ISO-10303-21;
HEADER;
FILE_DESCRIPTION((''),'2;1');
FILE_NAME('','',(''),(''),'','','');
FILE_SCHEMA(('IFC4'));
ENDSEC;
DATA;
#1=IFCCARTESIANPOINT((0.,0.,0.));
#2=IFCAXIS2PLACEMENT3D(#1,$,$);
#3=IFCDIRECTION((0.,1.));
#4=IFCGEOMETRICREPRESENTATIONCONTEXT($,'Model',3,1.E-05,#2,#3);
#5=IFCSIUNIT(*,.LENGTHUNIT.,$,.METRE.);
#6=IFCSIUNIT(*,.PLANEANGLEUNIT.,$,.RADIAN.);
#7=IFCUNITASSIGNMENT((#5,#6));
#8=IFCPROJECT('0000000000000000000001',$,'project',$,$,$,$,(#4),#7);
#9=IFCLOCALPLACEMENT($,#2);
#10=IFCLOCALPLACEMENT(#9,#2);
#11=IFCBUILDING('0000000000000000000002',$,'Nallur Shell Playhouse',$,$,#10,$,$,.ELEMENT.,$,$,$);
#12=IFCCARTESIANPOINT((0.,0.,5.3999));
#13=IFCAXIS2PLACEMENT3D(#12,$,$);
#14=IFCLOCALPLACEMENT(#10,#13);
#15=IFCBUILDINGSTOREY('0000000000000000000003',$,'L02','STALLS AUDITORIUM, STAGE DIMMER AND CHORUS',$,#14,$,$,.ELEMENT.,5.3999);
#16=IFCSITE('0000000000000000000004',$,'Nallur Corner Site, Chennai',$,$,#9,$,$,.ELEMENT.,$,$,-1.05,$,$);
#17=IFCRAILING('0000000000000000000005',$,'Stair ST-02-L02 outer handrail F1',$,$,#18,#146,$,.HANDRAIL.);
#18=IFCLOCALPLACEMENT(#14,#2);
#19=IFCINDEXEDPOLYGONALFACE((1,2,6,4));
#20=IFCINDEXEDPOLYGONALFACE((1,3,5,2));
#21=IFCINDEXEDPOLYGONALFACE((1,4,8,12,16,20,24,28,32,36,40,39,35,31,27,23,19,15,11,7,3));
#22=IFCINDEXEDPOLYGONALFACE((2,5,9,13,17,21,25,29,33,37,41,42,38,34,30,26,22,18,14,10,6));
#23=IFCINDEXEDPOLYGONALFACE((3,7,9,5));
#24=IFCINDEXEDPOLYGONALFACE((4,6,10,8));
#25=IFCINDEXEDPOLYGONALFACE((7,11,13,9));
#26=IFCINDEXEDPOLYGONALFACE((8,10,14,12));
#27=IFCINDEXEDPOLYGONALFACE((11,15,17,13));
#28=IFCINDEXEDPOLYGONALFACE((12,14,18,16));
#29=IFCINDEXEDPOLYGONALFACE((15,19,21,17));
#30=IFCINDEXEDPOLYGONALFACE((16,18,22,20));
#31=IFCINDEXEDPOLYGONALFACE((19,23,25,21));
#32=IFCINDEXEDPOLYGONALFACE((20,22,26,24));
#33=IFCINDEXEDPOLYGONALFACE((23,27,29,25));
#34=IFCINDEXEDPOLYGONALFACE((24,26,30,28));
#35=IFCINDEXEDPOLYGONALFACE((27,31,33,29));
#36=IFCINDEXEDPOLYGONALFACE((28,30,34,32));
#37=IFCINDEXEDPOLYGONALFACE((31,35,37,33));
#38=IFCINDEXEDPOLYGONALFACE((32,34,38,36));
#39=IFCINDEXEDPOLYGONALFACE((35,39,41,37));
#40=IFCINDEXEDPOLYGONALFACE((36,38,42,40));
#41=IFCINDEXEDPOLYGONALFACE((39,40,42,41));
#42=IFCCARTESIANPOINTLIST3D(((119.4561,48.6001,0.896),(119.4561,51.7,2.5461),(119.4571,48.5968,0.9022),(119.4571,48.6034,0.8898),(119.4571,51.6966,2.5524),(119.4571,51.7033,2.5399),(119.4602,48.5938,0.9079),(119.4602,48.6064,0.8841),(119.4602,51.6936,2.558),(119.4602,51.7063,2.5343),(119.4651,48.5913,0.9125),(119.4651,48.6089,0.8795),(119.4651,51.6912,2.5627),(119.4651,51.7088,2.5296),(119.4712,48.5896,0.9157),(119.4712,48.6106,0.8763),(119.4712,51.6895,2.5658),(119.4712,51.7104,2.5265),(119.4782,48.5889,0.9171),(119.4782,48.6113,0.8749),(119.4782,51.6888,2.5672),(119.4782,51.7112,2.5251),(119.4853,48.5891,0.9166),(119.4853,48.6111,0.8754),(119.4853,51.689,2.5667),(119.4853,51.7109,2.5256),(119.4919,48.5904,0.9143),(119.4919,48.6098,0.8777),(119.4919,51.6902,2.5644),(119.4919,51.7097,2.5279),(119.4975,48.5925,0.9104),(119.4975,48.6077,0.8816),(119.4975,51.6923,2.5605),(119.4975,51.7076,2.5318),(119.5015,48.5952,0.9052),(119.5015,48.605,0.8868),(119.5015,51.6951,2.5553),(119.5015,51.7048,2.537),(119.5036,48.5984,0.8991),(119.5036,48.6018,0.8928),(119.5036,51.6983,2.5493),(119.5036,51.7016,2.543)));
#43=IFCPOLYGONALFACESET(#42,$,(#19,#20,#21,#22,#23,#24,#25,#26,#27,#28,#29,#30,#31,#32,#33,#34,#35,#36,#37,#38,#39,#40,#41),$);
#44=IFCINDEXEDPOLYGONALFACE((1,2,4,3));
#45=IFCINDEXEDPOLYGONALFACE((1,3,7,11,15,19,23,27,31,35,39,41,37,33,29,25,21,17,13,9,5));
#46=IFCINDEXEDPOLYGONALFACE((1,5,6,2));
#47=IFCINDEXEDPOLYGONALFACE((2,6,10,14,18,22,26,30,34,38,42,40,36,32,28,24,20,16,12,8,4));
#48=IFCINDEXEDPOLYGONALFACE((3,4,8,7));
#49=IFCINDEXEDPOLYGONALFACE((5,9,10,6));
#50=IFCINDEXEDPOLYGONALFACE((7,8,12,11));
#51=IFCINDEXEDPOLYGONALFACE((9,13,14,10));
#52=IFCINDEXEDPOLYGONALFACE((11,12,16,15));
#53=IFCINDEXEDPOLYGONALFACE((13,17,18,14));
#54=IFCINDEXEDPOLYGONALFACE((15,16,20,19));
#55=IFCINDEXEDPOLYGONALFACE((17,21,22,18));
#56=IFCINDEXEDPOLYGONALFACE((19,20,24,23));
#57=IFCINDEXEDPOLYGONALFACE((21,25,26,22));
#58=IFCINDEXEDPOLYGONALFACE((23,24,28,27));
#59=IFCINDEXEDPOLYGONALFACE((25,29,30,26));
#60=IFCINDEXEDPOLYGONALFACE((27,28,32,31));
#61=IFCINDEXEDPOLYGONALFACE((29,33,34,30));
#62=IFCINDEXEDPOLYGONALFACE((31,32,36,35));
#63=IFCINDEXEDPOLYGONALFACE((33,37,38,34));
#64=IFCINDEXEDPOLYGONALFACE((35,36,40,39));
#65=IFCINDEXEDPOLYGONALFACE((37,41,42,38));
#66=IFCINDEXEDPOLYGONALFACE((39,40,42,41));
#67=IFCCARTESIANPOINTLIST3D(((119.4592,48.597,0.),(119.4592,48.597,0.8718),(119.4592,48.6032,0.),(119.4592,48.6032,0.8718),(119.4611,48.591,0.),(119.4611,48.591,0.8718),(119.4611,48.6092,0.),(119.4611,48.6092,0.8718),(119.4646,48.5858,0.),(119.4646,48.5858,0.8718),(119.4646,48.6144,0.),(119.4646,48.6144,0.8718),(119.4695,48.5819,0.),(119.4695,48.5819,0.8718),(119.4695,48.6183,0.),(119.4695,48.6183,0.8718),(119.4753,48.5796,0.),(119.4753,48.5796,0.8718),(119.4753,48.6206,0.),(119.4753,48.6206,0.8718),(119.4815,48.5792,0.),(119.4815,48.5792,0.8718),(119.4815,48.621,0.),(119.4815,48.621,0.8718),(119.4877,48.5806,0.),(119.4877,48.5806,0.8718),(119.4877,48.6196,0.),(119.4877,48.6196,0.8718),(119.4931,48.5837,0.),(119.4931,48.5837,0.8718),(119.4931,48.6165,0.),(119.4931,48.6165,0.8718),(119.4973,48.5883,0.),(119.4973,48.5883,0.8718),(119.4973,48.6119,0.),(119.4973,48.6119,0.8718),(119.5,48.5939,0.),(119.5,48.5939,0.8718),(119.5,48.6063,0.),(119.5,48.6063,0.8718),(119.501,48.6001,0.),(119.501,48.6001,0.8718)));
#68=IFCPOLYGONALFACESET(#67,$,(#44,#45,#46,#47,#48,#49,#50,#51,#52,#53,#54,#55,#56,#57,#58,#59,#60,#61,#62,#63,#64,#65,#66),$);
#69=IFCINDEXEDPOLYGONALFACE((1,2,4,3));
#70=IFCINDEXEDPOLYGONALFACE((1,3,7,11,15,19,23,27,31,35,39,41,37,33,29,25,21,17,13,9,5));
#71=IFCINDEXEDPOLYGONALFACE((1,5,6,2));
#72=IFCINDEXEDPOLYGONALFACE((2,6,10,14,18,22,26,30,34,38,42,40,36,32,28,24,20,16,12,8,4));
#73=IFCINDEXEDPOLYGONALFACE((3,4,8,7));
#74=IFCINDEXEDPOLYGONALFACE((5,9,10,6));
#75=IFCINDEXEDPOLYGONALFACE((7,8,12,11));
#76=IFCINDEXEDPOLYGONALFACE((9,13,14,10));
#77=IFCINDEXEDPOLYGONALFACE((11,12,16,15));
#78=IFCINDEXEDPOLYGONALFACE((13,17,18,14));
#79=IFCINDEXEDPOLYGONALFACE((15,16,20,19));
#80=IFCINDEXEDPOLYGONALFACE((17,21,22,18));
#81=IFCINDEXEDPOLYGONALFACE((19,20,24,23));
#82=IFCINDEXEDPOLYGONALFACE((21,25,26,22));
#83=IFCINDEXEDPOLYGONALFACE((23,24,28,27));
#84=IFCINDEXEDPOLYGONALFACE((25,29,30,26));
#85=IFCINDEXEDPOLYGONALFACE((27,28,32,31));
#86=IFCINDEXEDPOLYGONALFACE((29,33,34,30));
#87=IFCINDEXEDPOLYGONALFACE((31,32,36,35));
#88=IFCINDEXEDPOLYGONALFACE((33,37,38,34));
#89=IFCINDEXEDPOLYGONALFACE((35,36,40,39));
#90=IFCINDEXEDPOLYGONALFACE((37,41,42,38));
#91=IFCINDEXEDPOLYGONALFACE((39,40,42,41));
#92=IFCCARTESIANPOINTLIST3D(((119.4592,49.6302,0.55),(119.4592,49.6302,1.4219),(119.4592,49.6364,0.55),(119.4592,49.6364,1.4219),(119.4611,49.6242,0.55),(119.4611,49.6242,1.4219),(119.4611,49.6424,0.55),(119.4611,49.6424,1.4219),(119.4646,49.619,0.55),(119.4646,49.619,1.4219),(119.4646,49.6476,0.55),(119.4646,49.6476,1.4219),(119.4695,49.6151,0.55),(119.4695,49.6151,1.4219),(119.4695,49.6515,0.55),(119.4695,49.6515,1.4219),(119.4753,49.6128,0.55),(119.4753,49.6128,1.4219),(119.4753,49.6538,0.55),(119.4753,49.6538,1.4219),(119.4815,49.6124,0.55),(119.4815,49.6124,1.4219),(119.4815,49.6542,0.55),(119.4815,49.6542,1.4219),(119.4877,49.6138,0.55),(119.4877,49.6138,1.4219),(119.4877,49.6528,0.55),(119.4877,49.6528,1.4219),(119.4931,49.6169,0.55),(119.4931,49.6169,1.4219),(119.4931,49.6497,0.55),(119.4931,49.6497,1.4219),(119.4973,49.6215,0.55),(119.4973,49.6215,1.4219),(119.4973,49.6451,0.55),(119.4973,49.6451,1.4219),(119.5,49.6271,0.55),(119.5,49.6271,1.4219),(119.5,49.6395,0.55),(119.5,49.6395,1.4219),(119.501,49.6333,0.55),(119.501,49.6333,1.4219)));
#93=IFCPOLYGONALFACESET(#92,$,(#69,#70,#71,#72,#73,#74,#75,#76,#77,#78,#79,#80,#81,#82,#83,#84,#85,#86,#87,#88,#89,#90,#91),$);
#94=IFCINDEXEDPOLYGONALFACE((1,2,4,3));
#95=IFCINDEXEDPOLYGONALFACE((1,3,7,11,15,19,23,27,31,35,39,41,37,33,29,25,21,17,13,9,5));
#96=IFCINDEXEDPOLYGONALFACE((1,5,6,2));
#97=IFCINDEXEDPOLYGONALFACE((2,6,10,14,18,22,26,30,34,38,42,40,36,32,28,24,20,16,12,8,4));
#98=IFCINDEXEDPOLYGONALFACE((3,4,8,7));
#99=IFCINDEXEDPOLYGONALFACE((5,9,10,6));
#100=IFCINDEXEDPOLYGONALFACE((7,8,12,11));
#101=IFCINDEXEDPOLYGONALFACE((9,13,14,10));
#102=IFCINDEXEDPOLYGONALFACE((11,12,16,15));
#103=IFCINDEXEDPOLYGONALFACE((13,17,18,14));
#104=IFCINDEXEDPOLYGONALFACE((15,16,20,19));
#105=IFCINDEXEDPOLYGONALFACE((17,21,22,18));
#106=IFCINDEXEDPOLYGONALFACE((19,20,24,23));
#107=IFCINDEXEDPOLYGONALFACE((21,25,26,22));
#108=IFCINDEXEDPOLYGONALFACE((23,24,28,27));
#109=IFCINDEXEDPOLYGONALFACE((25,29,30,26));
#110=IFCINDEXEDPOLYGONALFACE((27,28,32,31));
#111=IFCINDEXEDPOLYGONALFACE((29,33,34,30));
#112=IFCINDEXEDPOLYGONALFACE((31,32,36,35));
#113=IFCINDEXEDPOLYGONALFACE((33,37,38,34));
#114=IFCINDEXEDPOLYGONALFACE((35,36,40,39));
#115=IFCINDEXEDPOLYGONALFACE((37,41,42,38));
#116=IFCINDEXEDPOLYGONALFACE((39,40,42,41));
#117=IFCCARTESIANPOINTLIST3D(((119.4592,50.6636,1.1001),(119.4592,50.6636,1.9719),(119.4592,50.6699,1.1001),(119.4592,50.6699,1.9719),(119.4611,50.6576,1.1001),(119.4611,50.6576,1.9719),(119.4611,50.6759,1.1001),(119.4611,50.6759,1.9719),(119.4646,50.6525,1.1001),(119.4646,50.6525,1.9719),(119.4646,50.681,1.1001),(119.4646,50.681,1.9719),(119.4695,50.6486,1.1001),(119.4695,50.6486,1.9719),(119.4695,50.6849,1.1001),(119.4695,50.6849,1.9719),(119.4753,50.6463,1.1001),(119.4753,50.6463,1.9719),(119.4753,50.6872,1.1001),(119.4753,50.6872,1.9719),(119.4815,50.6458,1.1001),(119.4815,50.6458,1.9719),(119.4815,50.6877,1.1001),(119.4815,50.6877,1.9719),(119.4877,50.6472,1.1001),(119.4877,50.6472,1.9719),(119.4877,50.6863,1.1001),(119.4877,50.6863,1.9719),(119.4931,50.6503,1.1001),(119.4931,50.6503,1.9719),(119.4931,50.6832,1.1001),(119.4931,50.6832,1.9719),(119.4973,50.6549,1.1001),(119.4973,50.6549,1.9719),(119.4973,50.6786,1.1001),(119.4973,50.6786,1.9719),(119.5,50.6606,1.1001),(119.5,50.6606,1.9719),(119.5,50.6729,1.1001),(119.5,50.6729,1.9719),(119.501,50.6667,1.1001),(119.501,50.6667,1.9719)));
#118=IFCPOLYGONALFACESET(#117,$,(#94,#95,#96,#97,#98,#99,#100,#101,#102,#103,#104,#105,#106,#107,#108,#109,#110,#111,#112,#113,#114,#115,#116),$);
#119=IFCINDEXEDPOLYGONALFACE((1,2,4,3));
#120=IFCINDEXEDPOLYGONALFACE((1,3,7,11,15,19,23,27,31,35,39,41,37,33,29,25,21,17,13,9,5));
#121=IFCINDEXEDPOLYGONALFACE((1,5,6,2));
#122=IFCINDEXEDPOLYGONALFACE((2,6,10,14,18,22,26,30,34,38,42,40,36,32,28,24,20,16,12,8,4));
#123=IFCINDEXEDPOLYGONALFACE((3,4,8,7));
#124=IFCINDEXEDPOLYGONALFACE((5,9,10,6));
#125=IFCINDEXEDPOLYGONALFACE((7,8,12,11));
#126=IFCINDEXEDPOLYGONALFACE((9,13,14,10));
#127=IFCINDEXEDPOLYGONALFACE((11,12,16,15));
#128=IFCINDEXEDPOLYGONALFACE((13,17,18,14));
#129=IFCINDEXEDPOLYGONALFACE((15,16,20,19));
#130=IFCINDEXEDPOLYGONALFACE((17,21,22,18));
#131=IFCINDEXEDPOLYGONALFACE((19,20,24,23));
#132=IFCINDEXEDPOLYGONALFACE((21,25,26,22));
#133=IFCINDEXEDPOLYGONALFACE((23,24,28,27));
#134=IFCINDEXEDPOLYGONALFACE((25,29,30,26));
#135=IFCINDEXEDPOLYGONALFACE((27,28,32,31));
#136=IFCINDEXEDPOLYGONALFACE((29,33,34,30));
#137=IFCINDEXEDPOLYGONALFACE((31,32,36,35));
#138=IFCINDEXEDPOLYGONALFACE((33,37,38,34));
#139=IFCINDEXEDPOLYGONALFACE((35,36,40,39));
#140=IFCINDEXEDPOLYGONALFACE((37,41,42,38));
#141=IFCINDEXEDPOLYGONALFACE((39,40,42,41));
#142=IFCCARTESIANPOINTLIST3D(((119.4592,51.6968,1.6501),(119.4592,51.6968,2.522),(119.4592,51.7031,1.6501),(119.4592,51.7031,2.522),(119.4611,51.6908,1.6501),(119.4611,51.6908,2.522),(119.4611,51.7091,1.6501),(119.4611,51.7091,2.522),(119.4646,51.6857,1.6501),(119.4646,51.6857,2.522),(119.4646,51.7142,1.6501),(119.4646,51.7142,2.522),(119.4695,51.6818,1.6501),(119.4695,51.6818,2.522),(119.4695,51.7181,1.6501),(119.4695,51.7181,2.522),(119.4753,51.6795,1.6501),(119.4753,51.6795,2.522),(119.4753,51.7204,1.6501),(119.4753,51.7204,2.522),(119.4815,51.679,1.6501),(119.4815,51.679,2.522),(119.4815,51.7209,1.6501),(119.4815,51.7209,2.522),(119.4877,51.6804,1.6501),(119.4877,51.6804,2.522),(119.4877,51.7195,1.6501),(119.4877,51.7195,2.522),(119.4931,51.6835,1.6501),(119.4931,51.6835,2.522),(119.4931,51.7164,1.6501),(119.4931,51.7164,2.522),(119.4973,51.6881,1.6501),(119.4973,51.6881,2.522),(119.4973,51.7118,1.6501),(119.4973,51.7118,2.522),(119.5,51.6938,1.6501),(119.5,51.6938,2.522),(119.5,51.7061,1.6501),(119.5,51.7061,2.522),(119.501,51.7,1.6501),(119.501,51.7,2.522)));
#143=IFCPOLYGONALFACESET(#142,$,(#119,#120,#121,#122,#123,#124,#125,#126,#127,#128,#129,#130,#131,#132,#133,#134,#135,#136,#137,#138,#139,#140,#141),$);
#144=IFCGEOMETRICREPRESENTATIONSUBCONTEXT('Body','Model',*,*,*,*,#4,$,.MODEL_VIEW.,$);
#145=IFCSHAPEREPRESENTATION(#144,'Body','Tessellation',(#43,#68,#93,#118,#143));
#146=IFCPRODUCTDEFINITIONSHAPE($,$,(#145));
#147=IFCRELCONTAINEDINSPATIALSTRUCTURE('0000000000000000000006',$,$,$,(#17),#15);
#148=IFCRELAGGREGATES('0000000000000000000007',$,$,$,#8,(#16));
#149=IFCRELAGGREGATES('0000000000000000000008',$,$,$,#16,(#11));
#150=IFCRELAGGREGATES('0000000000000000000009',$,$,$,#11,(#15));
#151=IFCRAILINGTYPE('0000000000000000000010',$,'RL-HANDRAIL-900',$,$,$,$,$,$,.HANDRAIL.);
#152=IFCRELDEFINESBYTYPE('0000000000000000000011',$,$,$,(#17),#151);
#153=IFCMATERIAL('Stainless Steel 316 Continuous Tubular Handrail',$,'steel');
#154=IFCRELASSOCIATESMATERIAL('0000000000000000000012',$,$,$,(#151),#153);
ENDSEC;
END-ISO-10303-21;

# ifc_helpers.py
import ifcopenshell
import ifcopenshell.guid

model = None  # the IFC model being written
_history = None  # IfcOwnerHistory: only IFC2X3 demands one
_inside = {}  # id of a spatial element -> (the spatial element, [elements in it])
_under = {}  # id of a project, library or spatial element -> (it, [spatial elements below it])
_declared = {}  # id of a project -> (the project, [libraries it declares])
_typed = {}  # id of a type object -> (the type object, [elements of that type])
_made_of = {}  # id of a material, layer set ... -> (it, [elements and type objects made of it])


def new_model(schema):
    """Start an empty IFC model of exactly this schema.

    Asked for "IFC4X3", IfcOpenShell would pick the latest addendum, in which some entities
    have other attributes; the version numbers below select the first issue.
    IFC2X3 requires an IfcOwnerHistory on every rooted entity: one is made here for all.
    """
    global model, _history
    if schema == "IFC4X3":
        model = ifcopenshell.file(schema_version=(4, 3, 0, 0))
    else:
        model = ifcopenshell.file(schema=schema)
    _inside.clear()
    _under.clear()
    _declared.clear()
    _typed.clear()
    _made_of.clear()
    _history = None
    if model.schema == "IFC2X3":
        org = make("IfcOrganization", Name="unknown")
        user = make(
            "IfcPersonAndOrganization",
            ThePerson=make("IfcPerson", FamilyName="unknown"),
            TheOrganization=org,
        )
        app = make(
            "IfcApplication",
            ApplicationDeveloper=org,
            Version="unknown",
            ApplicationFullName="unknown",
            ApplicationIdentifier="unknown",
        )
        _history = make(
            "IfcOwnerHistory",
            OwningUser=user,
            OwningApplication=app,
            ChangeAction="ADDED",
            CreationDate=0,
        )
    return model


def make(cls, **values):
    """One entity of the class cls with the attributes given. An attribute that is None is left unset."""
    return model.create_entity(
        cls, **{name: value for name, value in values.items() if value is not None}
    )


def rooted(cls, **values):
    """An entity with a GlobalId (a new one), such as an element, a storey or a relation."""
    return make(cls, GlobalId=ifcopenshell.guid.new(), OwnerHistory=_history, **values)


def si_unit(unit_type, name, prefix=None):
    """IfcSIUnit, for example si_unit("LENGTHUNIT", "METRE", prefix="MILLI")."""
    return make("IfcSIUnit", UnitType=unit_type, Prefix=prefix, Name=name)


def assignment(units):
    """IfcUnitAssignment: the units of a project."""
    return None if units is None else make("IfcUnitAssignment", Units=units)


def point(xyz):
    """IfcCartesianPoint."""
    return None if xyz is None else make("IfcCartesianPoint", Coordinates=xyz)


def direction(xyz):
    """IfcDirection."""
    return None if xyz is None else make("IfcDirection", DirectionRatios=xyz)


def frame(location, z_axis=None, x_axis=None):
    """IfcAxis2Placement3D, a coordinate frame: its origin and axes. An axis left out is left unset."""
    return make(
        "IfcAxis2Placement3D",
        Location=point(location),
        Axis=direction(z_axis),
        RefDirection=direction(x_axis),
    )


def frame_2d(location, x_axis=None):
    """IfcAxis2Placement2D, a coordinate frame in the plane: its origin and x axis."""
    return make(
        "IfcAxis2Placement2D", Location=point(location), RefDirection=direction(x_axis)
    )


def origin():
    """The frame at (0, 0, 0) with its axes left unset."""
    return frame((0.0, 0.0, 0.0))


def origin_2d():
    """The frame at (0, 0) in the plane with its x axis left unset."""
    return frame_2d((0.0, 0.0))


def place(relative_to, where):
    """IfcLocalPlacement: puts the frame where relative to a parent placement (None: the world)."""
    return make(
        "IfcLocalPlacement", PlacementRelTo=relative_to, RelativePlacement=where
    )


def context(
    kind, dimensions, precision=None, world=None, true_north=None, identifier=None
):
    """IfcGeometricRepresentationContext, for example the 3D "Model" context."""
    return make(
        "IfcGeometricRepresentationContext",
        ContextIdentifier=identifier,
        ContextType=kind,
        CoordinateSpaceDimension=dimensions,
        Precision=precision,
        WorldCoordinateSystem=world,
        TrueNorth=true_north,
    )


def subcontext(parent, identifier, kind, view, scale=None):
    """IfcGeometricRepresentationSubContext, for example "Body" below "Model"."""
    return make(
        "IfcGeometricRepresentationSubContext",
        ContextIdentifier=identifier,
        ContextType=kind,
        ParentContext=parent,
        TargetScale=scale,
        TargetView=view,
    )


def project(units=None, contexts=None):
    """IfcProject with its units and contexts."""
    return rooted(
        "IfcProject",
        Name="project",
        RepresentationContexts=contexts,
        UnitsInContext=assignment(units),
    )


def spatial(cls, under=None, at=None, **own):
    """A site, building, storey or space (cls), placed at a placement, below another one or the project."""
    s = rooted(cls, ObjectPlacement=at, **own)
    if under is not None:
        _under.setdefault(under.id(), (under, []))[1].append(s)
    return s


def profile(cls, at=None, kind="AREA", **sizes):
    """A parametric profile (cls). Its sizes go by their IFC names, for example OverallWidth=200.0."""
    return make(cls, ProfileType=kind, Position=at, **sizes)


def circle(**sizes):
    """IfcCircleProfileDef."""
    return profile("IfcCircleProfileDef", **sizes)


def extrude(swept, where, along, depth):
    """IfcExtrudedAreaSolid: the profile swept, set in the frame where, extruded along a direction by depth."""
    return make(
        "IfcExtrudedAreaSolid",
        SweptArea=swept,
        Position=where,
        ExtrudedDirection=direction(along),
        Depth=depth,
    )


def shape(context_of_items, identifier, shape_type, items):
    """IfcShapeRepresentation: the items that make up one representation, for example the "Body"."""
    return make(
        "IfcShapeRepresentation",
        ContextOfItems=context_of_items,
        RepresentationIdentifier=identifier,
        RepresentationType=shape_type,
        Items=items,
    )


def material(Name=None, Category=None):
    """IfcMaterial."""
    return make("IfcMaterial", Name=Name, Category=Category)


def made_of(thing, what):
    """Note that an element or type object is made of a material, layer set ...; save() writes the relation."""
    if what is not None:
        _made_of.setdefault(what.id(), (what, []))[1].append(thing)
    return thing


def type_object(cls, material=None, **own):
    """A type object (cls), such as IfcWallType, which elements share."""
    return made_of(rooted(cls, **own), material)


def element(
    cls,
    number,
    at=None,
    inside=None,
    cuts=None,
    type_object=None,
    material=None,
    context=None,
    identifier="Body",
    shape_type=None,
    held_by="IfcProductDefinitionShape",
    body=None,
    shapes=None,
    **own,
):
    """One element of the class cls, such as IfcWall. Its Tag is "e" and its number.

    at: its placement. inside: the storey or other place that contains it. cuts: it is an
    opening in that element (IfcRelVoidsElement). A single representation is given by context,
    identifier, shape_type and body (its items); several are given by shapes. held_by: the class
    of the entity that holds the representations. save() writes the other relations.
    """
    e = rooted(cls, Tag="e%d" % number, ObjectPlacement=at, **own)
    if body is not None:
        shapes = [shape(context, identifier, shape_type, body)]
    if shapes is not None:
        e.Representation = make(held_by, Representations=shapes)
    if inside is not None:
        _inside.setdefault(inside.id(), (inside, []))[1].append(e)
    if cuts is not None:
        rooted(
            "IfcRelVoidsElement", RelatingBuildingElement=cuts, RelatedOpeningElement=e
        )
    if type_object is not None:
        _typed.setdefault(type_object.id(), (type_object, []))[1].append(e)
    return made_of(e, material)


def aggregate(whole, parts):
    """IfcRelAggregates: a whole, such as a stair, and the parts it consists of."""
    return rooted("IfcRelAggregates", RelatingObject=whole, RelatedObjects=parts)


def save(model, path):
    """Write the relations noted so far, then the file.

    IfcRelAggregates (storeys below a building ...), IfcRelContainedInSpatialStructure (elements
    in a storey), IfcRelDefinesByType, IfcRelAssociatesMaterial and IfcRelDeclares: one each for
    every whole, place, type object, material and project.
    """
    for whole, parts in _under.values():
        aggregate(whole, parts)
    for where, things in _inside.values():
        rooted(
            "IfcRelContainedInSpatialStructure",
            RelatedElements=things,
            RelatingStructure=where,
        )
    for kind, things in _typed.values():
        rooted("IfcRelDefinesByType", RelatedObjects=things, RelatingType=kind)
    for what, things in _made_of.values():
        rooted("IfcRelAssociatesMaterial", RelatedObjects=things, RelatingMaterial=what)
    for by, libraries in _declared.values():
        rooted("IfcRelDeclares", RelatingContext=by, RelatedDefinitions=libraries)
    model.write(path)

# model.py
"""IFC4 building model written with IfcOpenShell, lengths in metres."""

from ifc_helpers import new_model, si_unit, direction, frame, origin, origin_2d, place, context, subcontext, project, spatial, circle, extrude, material, type_object, element, save


model = new_model("IFC4")

# Units and contexts
model_context = context("Model", 3, precision=1e-05, world=origin(), true_north=direction((0.0, 1.0)))
body_context = subcontext(model_context, "Body", "Model", "MODEL_VIEW")
ifc_project = project(units=[si_unit("LENGTHUNIT", "METRE"), si_unit("PLANEANGLEUNIT", "RADIAN")], contexts=[model_context])

# Site, building, storey
site_placement = place(None, origin())
site = spatial("IfcSite", under=ifc_project, at=site_placement, Name="Nallur Corner Site, Chennai", CompositionType="ELEMENT", RefElevation=-1.05)
building_placement = place(site_placement, origin())
building = spatial("IfcBuilding", under=site, at=building_placement, Name="Nallur Shell Playhouse", CompositionType="ELEMENT")
storey_placement = place(building_placement, frame((0.0, 0.0, 5.3999)))
storey = spatial("IfcBuildingStorey", under=building, at=storey_placement, Name="L02", Description="STALLS AUDITORIUM, STAGE DIMMER AND CHORUS", CompositionType="ELEMENT", Elevation=5.3999)

# Railing
ifc_material_1 = material(Name="Stainless Steel 316 Continuous Tubular Handrail", Category="steel")
railing_type_1 = type_object("IfcRailingType", Name="RL-HANDRAIL-900", PredefinedType="HANDRAIL", material=ifc_material_1)
railing_1_placement = place(storey_placement, frame((119.48, 48.6001, 0.0)))
element("IfcRailing", 1, at=railing_1_placement, inside=storey, type_object=railing_type_1, Name="Stair ST-02-L02 outer handrail F1", PredefinedType="HANDRAIL", context=body_context, shape_type="SweptSolid", body=[
    extrude(circle(Radius=0.0239, at=origin_2d()), frame((0.0, 0.0, 0.896), z_axis=(0.0, 0.88272, 0.469899), x_axis=(-1.0, 0.0, 0.0)), (0.0, 0.0, 1.0), 3.5117),
    extrude(circle(Radius=0.021, at=origin_2d()), origin(), (0.0, 0.0, 1.0), 0.8718),
    extrude(circle(Radius=0.021, at=origin_2d()), frame((0.0, 1.0332, 0.55)), (0.0, 0.0, 1.0), 0.8718),
    extrude(circle(Radius=0.021, at=origin_2d()), frame((0.0, 2.0667, 1.1001)), (0.0, 0.0, 1.0), 0.8718),
    extrude(circle(Radius=0.021, at=origin_2d()), frame((0.0, 3.0999, 1.6501)), (0.0, 0.0, 1.0), 0.8718),
])

save(model, "model.ifc")
